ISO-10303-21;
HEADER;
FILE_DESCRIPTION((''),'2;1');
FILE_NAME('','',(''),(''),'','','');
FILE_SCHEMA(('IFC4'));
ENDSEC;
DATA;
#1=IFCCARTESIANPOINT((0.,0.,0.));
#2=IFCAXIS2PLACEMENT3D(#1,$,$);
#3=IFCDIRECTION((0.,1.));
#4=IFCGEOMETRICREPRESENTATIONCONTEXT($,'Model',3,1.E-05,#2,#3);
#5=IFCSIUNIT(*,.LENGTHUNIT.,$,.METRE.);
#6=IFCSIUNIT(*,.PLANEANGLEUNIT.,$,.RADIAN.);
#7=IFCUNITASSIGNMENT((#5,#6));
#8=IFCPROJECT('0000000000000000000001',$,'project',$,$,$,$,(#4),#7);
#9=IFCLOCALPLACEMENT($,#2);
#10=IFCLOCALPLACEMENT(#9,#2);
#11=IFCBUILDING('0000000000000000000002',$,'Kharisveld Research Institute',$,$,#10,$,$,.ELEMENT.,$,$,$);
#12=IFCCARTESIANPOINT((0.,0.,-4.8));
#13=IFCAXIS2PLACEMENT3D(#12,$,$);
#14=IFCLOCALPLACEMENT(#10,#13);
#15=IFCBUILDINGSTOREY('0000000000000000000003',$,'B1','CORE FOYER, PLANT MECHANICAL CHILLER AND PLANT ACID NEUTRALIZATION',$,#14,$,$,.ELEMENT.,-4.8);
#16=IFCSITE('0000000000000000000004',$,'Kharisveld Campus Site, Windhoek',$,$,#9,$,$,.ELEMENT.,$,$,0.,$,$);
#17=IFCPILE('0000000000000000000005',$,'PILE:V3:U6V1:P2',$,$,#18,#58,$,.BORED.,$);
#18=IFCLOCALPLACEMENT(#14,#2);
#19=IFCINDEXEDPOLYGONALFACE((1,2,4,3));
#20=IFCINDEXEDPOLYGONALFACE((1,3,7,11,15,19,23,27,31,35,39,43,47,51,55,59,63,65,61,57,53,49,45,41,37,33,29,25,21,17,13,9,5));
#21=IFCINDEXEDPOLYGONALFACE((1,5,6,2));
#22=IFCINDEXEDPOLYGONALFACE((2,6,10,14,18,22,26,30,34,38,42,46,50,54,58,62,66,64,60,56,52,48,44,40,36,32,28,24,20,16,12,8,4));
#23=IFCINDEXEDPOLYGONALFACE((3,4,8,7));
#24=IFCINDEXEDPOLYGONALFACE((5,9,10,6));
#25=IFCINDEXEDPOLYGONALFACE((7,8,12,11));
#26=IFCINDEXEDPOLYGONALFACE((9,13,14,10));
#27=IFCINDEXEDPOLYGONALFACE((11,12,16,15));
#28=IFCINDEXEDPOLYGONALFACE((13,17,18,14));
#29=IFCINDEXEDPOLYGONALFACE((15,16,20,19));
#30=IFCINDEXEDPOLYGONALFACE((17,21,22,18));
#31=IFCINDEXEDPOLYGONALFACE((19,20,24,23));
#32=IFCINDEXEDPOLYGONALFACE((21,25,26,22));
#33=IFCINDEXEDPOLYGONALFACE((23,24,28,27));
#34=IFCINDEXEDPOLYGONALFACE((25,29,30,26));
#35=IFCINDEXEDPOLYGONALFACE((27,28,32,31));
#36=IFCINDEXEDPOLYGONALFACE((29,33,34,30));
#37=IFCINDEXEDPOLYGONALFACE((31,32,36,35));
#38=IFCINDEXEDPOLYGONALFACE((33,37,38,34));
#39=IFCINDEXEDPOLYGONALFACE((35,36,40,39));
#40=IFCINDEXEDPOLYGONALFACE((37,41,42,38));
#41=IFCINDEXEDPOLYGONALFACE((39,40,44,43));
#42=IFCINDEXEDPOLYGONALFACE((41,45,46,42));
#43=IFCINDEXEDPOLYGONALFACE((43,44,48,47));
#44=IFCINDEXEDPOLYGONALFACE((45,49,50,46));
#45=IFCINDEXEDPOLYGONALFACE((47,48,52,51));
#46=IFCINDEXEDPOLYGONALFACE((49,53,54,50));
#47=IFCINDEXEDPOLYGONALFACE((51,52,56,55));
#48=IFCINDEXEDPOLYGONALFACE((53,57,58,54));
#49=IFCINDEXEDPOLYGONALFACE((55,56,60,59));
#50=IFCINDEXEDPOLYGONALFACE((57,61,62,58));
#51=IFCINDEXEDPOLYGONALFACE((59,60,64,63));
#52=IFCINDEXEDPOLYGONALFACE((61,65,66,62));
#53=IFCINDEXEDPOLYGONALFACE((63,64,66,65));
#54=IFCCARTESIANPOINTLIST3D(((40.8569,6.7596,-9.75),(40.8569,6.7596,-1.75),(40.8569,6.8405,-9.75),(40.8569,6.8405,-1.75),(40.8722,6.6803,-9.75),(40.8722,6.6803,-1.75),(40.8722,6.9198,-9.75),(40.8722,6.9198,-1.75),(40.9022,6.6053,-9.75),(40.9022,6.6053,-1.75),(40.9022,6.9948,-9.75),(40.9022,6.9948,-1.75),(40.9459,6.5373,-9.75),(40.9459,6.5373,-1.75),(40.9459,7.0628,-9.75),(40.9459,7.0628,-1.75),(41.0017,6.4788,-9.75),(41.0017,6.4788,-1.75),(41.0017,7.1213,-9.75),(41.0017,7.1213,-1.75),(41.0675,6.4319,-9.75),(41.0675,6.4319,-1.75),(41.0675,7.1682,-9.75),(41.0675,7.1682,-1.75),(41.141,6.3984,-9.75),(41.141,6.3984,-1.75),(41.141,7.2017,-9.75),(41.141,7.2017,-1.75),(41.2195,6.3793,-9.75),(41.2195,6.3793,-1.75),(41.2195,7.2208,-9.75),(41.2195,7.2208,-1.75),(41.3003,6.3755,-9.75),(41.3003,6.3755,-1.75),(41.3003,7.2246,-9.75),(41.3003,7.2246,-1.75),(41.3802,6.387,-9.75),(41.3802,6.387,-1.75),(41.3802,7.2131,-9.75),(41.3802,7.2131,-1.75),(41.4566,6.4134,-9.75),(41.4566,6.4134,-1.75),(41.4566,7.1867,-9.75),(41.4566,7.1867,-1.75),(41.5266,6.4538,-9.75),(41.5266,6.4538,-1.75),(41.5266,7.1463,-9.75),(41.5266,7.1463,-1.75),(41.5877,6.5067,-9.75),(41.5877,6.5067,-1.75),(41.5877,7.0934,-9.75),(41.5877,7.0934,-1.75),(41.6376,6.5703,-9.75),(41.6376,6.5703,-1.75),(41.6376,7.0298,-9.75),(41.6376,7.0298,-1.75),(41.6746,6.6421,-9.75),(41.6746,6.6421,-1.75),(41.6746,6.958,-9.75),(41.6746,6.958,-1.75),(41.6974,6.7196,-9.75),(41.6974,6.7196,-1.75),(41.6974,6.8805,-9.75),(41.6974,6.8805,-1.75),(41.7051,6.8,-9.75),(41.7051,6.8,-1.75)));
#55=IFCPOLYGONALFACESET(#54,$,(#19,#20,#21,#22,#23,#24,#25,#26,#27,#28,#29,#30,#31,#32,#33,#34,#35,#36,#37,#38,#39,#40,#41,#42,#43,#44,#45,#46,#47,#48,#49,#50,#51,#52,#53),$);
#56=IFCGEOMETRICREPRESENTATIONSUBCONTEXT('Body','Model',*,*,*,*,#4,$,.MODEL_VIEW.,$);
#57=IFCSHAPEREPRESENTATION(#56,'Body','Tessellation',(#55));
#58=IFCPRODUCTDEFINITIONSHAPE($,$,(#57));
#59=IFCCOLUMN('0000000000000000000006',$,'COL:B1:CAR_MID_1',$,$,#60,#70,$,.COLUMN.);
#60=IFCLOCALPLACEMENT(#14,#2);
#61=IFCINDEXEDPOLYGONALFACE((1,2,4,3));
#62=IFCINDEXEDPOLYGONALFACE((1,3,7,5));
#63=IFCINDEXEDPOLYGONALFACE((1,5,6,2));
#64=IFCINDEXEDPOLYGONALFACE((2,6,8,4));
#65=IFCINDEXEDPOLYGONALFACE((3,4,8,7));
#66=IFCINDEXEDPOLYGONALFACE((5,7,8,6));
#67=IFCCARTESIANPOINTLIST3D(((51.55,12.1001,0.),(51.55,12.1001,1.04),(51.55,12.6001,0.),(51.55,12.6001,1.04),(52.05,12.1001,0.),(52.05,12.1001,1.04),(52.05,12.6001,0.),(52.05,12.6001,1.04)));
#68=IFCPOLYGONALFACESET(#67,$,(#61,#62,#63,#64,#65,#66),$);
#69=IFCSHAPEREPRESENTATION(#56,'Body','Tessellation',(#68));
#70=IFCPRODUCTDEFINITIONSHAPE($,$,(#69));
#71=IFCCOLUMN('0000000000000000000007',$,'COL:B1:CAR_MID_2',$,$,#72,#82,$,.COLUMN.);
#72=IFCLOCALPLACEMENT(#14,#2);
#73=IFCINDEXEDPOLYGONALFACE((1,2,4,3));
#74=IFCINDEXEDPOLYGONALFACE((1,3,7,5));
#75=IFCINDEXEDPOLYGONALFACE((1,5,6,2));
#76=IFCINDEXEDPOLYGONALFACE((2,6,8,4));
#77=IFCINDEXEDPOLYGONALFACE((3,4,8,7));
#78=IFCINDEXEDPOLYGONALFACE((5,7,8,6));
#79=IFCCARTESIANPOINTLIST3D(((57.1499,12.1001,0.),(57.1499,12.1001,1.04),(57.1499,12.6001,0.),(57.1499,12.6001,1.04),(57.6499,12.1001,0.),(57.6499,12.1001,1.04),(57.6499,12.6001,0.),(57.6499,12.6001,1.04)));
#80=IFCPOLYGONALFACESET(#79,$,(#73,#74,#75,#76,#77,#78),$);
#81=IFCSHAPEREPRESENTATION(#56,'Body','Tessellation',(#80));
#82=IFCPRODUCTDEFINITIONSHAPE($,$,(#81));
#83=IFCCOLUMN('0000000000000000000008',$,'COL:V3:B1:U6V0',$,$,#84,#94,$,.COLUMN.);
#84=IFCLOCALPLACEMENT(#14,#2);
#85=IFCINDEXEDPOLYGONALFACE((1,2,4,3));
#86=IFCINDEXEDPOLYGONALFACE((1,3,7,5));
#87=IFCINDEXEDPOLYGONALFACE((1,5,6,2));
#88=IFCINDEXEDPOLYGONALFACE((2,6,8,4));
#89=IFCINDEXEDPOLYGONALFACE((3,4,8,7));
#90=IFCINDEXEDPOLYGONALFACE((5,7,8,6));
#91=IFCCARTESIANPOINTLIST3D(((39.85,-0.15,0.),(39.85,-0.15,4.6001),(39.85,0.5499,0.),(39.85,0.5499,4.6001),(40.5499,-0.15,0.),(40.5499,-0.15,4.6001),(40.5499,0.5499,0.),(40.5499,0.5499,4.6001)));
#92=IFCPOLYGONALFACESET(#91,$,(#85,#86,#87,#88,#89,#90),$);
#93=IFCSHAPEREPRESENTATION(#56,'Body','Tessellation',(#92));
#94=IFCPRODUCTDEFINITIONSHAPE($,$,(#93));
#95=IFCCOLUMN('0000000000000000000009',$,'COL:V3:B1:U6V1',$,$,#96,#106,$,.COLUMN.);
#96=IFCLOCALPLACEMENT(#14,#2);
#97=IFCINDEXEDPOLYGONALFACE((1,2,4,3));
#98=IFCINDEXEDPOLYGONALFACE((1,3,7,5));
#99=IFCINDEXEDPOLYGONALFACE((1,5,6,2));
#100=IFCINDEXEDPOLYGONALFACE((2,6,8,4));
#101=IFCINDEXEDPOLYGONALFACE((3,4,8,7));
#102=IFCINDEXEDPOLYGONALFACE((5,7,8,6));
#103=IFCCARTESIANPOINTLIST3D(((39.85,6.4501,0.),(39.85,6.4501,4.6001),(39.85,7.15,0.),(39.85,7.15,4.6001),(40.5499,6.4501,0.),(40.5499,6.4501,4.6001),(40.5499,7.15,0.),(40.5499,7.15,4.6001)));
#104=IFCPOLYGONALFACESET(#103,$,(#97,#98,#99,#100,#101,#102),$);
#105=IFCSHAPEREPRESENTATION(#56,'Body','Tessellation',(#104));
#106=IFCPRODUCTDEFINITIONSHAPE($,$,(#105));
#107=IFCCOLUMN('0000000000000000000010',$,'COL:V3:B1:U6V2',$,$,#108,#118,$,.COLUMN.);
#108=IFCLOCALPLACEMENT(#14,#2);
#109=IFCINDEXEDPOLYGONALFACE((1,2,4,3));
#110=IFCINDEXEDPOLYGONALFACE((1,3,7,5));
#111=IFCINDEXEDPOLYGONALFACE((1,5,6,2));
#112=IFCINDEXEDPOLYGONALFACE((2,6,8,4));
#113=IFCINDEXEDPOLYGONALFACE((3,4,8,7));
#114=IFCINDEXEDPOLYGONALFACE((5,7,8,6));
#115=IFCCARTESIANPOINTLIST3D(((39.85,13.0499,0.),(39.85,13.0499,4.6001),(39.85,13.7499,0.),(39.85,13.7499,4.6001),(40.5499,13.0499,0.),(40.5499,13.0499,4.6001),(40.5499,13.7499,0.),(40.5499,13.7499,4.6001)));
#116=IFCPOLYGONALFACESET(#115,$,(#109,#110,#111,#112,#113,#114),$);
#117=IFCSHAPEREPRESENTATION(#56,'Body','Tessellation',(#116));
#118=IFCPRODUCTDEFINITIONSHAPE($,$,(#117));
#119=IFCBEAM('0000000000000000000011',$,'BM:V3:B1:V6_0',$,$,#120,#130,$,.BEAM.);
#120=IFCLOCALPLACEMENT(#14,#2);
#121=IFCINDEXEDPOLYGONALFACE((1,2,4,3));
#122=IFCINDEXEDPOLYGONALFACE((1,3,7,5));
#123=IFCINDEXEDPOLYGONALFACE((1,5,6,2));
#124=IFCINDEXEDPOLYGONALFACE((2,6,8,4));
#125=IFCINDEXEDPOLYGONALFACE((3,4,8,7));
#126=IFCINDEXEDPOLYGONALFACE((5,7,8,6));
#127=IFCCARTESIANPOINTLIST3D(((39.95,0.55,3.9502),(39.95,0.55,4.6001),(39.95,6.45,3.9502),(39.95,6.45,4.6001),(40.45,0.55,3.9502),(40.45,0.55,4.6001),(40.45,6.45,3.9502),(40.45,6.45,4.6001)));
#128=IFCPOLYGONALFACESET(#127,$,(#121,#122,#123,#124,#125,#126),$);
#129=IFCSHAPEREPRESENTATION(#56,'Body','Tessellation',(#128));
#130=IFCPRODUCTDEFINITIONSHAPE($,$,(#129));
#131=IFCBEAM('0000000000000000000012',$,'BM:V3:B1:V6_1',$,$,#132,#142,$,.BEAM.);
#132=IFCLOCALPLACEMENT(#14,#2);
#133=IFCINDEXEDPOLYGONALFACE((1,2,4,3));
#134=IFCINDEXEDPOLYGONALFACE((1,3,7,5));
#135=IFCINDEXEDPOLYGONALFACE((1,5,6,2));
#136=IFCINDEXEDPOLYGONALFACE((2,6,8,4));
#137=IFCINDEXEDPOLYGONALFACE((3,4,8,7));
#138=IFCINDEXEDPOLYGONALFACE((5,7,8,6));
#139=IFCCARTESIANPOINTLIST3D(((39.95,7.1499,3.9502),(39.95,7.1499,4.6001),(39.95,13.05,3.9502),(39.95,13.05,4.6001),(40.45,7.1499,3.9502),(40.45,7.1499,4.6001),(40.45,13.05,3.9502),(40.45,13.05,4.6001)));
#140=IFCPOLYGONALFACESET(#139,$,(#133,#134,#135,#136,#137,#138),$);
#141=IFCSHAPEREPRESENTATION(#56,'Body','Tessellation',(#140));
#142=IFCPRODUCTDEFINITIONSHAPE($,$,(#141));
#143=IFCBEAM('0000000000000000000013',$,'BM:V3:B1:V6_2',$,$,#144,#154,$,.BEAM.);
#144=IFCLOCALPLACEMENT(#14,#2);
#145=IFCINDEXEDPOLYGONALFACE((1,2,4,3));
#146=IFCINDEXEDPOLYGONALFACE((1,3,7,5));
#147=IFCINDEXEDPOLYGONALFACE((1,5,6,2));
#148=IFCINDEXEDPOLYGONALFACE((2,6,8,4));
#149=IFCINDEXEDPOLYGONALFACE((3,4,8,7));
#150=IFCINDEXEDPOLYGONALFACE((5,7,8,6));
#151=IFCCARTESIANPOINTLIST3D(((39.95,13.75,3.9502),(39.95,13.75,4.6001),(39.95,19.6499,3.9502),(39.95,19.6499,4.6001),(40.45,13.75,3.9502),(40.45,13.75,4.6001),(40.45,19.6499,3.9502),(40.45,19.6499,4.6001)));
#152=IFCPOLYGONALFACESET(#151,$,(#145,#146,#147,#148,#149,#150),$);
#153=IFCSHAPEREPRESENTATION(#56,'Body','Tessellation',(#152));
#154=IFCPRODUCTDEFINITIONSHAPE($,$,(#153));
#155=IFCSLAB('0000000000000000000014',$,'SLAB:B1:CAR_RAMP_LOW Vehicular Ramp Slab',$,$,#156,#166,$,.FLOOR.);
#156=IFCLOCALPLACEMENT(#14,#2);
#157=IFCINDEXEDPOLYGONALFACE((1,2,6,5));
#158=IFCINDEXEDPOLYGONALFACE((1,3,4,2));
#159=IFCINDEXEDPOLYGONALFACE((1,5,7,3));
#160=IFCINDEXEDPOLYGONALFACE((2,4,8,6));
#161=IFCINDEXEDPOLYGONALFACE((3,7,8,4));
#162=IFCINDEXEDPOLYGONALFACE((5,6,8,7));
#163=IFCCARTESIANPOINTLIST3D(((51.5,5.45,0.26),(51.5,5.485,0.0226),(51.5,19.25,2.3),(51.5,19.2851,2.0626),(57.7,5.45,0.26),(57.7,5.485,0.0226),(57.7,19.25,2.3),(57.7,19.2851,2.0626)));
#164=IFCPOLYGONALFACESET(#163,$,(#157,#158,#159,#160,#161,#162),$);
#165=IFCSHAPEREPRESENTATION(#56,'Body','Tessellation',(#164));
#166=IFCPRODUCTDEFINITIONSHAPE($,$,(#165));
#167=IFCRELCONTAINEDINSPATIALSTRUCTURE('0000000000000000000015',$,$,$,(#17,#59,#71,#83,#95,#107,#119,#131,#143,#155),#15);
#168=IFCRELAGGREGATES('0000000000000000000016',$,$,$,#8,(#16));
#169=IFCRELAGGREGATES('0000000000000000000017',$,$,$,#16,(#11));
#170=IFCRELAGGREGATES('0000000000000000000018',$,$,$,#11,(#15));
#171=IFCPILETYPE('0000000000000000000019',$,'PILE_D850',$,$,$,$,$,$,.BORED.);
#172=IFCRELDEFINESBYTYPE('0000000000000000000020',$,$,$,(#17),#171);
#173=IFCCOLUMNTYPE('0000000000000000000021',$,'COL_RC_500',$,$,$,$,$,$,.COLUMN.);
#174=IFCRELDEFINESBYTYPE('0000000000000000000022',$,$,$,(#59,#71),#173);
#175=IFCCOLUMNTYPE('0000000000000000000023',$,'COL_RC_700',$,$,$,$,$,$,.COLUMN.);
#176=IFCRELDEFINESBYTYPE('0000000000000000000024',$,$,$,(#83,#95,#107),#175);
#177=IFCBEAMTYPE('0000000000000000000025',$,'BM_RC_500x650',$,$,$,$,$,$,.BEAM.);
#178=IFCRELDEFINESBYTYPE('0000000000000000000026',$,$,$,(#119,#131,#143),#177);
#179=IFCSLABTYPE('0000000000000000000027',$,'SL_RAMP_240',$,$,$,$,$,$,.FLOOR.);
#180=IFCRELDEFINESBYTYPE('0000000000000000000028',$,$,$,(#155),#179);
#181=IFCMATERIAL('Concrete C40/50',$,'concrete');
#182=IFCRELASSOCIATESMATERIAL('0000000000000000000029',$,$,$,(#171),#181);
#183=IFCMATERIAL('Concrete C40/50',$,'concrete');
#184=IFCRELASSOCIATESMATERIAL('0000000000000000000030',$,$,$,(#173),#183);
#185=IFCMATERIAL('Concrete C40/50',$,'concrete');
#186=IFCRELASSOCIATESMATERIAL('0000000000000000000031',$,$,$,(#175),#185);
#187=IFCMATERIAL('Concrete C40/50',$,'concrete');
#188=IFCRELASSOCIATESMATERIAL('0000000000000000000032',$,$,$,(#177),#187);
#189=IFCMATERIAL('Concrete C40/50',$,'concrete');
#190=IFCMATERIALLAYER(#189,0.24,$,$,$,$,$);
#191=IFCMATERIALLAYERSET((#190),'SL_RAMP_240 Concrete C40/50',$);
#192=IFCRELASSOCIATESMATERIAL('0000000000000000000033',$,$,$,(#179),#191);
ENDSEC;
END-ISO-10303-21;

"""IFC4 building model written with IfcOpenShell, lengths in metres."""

from ifc_helpers import new_model, si_unit, direction, frame, origin, origin_2d, place, context, subcontext, project, spatial, polyline, rectangle, circle, outline, extrude, material, layer, layer_set, material_profile, profile_set, type_object, element, save


model = new_model("IFC4")

# Units and contexts
model_context = context("Model", 3, precision=1e-05, world=origin(), true_north=direction((0.0, 1.0)))
body_context = subcontext(model_context, "Body", "Model", "MODEL_VIEW")
ifc_project = project(units=[si_unit("LENGTHUNIT", "METRE"), si_unit("PLANEANGLEUNIT", "RADIAN")], contexts=[model_context])

# Site, building, storey
site_placement = place(None, origin())
site = spatial("IfcSite", under=ifc_project, at=site_placement, Name="Kharisveld Campus Site, Windhoek", CompositionType="ELEMENT", RefElevation=0.0)
building_placement = place(site_placement, origin())
building = spatial("IfcBuilding", under=site, at=building_placement, Name="Kharisveld Research Institute", CompositionType="ELEMENT")
storey_placement = place(building_placement, frame((0.0, 0.0, -4.8)))
storey = spatial("IfcBuildingStorey", under=building, at=storey_placement, Name="B1", Description="CORE FOYER, PLANT MECHANICAL CHILLER AND PLANT ACID NEUTRALIZATION", CompositionType="ELEMENT", Elevation=-4.8)

# Pile
ifc_material_1 = material(Name="Concrete C40/50", Category="concrete")
ifc_material_profile_1 = material_profile(ifc_material_1, circle(Radius=0.425, at=origin_2d()))
ifc_profile_set_1 = profile_set([ifc_material_profile_1], Name="Concrete C40/50")
pile_type_1 = type_object("IfcPileType", Name="PILE_D850", PredefinedType="BORED", material=ifc_profile_set_1)
for number, where, z_axis, x_axis, name in (
    (1, (41.28, 6.8, -1.75), (0.0, 0.0, -1.0), (1.0, 0.0, 0.0), "PILE:V3:U6V1:P2"),
):
    element("IfcPile", number, at=place(storey_placement, frame(where, z_axis=z_axis, x_axis=x_axis)), inside=storey, type_object=pile_type_1, Name=name, PredefinedType="BORED", context=body_context, shape_type="SweptSolid", body=[
        extrude(circle(Radius=0.425, at=origin_2d()), origin(), (0.0, 0.0, 1.0), 8.0),
    ])

# Columns
ifc_material_2 = material(Name="Concrete C40/50", Category="concrete")
ifc_material_profile_2 = material_profile(ifc_material_2, rectangle(XDim=0.5, YDim=0.5, at=origin_2d()))
ifc_profile_set_2 = profile_set([ifc_material_profile_2], Name="Concrete C40/50")
column_type_1 = type_object("IfcColumnType", Name="COL_RC_500", PredefinedType="COLUMN", material=ifc_profile_set_2)
for number, where, z_axis, x_axis, name in (
    (2, (51.8, 12.3501, 0.0), (0.0, 0.0, 1.0), (1.0, 0.0, 0.0), "COL:B1:CAR_MID_1"),
    (3, (57.3999, 12.3501, 0.0), (0.0, 0.0, 1.0), (1.0, 0.0, 0.0), "COL:B1:CAR_MID_2"),
):
    element("IfcColumn", number, at=place(storey_placement, frame(where, z_axis=z_axis, x_axis=x_axis)), inside=storey, type_object=column_type_1, Name=name, PredefinedType="COLUMN", context=body_context, shape_type="SweptSolid", body=[
        extrude(rectangle(XDim=0.5, YDim=0.5, at=origin_2d()), origin(), (0.0, 0.0, 1.0), 1.04),
    ])
ifc_material_3 = material(Name="Concrete C40/50", Category="concrete")
ifc_material_profile_3 = material_profile(ifc_material_3, rectangle(XDim=0.7, YDim=0.7, at=origin_2d()))
ifc_profile_set_3 = profile_set([ifc_material_profile_3], Name="Concrete C40/50")
column_type_2 = type_object("IfcColumnType", Name="COL_RC_700", PredefinedType="COLUMN", material=ifc_profile_set_3)
for number, where, z_axis, x_axis, name in (
    (4, (40.2, 0.2, 0.0), (0.0, 0.0, 1.0), (1.0, 0.0, 0.0), "COL:V3:B1:U6V0"),
    (5, (40.2, 6.8, 0.0), (0.0, 0.0, 1.0), (1.0, 0.0, 0.0), "COL:V3:B1:U6V1"),
    (6, (40.2, 13.3999, 0.0), (0.0, 0.0, 1.0), (1.0, 0.0, 0.0), "COL:V3:B1:U6V2"),
):
    element("IfcColumn", number, at=place(storey_placement, frame(where, z_axis=z_axis, x_axis=x_axis)), inside=storey, type_object=column_type_2, Name=name, PredefinedType="COLUMN", context=body_context, shape_type="SweptSolid", body=[
        extrude(rectangle(XDim=0.7, YDim=0.7, at=origin_2d()), origin(), (0.0, 0.0, 1.0), 4.6001),
    ])

# Beams
ifc_material_4 = material(Name="Concrete C40/50", Category="concrete")
ifc_material_profile_4 = material_profile(ifc_material_4, rectangle(XDim=0.5, YDim=0.6499, at=origin_2d()))
ifc_profile_set_4 = profile_set([ifc_material_profile_4], Name="Concrete C40/50")
beam_type = type_object("IfcBeamType", Name="BM_RC_500x650", PredefinedType="BEAM", material=ifc_profile_set_4)
beam_1_placement = place(storey_placement, frame((40.2, 0.55, 4.2751), z_axis=(0.0, 1.0, 0.0), x_axis=(-1.0, 0.0, 0.0)))
element("IfcBeam", 7, at=beam_1_placement, inside=storey, type_object=beam_type, Name="BM:V3:B1:V6_0", PredefinedType="BEAM", context=body_context, shape_type="SweptSolid", body=[
    extrude(rectangle(XDim=0.5, YDim=0.6499, at=origin_2d()), origin(), (0.0, 0.0, 1.0), 5.8999),
])
beam_2_placement = place(storey_placement, frame((40.2, 7.1499, 4.2751), z_axis=(0.0, 1.0, 0.0), x_axis=(-1.0, 0.0, 0.0)))
element("IfcBeam", 8, at=beam_2_placement, inside=storey, type_object=beam_type, Name="BM:V3:B1:V6_1", PredefinedType="BEAM", context=body_context, shape_type="SweptSolid", body=[
    extrude(rectangle(XDim=0.5, YDim=0.6499, at=origin_2d()), origin(), (0.0, 0.0, 1.0), 5.9001),
])
beam_3_placement = place(storey_placement, frame((40.2, 13.75, 4.2751), z_axis=(0.0, 1.0, 0.0), x_axis=(-1.0, 0.0, 0.0)))
element("IfcBeam", 9, at=beam_3_placement, inside=storey, type_object=beam_type, Name="BM:V3:B1:V6_2", PredefinedType="BEAM", context=body_context, shape_type="SweptSolid", body=[
    extrude(rectangle(XDim=0.5, YDim=0.6499, at=origin_2d()), origin(), (0.0, 0.0, 1.0), 5.8999),
])

# Slab
ifc_material_5 = material(Name="Concrete C40/50", Category="concrete")
ifc_layer_1 = layer(ifc_material_5, 0.24)
ifc_layer_set_1 = layer_set([ifc_layer_1], Name="SL_RAMP_240 Concrete C40/50")
slab_type = type_object("IfcSlabType", Name="SL_RAMP_240", PredefinedType="FLOOR", material=ifc_layer_set_1)
slab_placement = place(storey_placement, frame((51.5, 5.45, 0.26), z_axis=(0.0, -0.146239, 0.989249), x_axis=(1.0, 0.0, 0.0)))
element("IfcSlab", 10, at=slab_placement, inside=storey, type_object=slab_type, Name="SLAB:B1:CAR_RAMP_LOW Vehicular Ramp Slab", PredefinedType="FLOOR", context=body_context, shape_type="SweptSolid", body=[
    extrude(outline(polyline([(0.0, 0.0), (6.2, 0.0), (6.2, 13.95), (0.0, 13.95), (0.0, 0.0)])), origin(), (0.0, 0.0, -1.0), 0.24),
])

save(model, "model.ifc")
